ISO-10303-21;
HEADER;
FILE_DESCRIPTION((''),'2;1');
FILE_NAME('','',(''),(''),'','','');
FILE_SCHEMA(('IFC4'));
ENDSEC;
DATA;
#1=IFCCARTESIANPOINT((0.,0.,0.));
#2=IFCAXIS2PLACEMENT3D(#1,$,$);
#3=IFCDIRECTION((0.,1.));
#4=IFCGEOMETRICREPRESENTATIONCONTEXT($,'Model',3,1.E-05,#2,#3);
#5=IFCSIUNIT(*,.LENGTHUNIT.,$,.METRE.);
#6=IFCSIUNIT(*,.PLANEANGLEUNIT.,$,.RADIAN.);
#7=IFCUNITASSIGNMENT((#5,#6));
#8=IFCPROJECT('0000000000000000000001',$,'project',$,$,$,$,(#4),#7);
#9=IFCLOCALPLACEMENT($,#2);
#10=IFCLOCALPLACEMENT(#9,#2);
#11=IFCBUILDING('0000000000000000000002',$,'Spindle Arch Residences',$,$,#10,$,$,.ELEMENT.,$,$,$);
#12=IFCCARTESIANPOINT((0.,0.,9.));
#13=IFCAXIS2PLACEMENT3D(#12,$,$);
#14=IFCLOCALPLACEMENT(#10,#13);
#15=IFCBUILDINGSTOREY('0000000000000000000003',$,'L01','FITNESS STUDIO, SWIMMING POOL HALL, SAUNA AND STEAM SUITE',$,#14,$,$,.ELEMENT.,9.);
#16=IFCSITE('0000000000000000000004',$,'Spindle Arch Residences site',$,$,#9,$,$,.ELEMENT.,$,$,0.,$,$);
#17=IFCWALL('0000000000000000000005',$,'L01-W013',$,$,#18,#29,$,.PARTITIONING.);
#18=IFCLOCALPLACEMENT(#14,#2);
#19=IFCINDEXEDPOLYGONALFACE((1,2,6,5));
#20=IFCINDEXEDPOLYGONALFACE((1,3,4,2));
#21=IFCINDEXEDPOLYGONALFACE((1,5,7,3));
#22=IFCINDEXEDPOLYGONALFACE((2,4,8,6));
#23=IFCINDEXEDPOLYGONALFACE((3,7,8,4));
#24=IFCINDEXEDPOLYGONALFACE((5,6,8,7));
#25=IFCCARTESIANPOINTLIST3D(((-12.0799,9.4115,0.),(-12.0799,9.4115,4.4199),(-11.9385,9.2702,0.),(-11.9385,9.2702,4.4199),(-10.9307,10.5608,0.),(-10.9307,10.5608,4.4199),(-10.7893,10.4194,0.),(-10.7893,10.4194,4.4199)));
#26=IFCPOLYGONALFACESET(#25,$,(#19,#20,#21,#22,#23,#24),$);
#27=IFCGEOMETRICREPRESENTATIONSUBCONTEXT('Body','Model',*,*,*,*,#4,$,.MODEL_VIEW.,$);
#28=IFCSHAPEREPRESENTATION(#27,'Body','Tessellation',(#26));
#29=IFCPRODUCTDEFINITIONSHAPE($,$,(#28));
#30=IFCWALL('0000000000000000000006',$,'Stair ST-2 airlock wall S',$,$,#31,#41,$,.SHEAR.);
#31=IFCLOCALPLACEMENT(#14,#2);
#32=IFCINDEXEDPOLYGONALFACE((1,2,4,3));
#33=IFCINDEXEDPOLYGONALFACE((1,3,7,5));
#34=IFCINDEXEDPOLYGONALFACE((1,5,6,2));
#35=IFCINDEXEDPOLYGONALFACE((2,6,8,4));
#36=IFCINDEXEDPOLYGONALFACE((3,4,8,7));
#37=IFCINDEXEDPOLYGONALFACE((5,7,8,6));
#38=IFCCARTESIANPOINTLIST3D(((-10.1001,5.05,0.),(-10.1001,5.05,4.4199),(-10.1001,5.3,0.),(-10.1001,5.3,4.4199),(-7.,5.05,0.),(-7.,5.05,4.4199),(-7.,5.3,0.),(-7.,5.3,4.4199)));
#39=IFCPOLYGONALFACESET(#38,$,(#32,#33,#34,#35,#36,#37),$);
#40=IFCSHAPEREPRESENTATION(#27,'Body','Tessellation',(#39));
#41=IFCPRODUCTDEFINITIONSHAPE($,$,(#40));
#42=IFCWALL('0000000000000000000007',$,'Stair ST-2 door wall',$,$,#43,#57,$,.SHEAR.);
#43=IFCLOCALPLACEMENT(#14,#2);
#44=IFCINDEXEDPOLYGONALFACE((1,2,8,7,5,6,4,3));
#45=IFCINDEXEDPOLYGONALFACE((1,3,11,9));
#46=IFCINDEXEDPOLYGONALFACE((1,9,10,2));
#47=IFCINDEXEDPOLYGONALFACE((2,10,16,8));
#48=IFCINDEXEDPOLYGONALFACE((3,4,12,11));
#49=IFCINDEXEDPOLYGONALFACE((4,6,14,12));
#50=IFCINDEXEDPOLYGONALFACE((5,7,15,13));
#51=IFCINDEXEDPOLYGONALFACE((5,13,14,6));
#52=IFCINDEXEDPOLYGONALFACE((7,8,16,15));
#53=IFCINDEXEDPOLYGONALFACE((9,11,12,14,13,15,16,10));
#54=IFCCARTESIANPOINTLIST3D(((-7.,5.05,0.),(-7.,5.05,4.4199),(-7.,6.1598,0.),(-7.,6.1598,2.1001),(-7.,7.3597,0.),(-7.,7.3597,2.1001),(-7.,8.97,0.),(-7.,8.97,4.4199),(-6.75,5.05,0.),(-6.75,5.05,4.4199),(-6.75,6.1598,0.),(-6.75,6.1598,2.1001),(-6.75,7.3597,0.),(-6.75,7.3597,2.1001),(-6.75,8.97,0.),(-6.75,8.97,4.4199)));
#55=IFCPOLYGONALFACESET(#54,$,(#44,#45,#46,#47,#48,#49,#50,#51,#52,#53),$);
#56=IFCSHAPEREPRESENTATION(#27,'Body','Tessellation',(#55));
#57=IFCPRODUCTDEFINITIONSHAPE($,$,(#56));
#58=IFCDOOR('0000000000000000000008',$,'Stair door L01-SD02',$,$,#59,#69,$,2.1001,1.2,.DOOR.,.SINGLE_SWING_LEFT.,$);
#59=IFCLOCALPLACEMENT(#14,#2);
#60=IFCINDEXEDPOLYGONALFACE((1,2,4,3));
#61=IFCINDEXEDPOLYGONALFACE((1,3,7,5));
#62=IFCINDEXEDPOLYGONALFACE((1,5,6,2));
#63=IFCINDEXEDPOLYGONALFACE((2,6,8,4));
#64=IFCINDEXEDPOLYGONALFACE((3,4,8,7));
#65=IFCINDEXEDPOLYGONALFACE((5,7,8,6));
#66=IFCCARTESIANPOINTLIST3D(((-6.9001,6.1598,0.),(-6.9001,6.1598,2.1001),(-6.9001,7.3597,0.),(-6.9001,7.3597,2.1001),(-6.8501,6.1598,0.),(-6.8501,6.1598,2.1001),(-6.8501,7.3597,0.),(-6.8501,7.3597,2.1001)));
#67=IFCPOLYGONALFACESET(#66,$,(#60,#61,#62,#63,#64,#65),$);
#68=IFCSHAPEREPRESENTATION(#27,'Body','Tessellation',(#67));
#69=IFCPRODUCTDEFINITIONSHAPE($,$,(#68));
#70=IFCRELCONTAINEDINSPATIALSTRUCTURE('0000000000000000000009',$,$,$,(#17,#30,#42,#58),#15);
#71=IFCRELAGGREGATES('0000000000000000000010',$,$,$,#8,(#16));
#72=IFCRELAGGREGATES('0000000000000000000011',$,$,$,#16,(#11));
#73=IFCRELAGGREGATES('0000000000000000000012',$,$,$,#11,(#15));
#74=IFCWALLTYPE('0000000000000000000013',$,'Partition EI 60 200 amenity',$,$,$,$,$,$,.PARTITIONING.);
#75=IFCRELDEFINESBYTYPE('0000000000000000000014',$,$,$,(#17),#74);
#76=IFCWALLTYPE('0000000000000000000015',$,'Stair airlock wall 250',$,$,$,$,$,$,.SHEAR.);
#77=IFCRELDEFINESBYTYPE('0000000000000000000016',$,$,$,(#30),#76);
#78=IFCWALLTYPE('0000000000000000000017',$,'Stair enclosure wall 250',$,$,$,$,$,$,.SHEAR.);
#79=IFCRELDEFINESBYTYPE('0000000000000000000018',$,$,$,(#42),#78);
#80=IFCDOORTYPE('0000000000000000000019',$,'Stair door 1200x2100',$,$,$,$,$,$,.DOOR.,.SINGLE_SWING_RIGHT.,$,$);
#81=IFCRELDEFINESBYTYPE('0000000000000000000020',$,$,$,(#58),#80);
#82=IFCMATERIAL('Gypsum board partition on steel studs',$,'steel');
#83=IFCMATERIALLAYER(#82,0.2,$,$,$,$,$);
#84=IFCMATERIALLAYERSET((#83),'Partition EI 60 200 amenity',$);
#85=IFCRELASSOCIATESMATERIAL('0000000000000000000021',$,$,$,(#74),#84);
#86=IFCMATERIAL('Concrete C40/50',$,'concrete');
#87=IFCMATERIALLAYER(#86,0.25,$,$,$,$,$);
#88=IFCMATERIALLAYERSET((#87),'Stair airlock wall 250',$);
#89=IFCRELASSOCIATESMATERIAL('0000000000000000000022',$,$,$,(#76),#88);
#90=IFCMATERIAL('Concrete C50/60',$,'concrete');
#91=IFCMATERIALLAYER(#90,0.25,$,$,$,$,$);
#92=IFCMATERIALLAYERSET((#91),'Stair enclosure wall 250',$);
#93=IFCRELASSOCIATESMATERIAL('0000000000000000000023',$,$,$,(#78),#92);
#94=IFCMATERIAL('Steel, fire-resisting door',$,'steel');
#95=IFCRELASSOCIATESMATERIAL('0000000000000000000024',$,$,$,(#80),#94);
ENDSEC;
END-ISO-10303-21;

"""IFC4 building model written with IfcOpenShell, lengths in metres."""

from ifc_helpers import new_model, si_unit, direction, frame, frame_2d, origin, place, context, subcontext, project, spatial, rectangle, extrude, material, layer, layer_set, type_object, element, fill, save


model = new_model("IFC4")

# Units and contexts
model_context = context("Model", 3, precision=1e-05, world=origin(), true_north=direction((0.0, 1.0)))
body_context = subcontext(model_context, "Body", "Model", "MODEL_VIEW")
ifc_project = project(units=[si_unit("LENGTHUNIT", "METRE"), si_unit("PLANEANGLEUNIT", "RADIAN")], contexts=[model_context])

# Site, building, storey
site_placement = place(None, origin())
site = spatial("IfcSite", under=ifc_project, at=site_placement, Name="Spindle Arch Residences site", CompositionType="ELEMENT", RefElevation=0.0)
building_placement = place(site_placement, origin())
building = spatial("IfcBuilding", under=site, at=building_placement, Name="Spindle Arch Residences", CompositionType="ELEMENT")
storey_placement = place(building_placement, frame((0.0, 0.0, 9.0)))
storey = spatial("IfcBuildingStorey", under=building, at=storey_placement, Name="L01", Description="FITNESS STUDIO, SWIMMING POOL HALL, SAUNA AND STEAM SUITE", CompositionType="ELEMENT", Elevation=9.0)

# Shared definitions
ifc_material_1 = material(Name="Gypsum board partition on steel studs", Category="steel")
ifc_layer_1 = layer(ifc_material_1, 0.2)
ifc_layer_set_1 = layer_set([ifc_layer_1], Name="Partition EI 60 200 amenity")
wall_type_1 = type_object("IfcWallType", Name="Partition EI 60 200 amenity", PredefinedType="PARTITIONING", material=ifc_layer_set_1)

# Walls
wall_1_placement = place(storey_placement, frame((-10.8601, 10.49, 0.0), z_axis=(0.0, 0.0, 1.0), x_axis=(-0.707107, -0.707107, 0.0)))
element("IfcWall", 1, at=wall_1_placement, inside=storey, type_object=wall_type_1, Name="L01-W013", PredefinedType="PARTITIONING", context=body_context, shape_type="SweptSolid", body=[
    extrude(rectangle(XDim=1.6252, YDim=0.2, at=frame_2d((0.8125, 0.0))), origin(), (0.0, 0.0, 1.0), 4.4199),
])
ifc_material_2 = material(Name="Concrete C40/50", Category="concrete")
ifc_layer_2 = layer(ifc_material_2, 0.25)
ifc_layer_set_2 = layer_set([ifc_layer_2], Name="Stair airlock wall 250")
wall_type_2 = type_object("IfcWallType", Name="Stair airlock wall 250", PredefinedType="SHEAR", material=ifc_layer_set_2)
wall_2_placement = place(storey_placement, frame((-7.0, 5.175, 0.0), z_axis=(0.0, 0.0, 1.0), x_axis=(-1.0, 0.0, 0.0)))
element("IfcWall", 2, at=wall_2_placement, inside=storey, type_object=wall_type_2, Name="Stair ST-2 airlock wall S", PredefinedType="SHEAR", context=body_context, shape_type="SweptSolid", body=[
    extrude(rectangle(XDim=3.1001, YDim=0.25, at=frame_2d((1.55, 0.0))), origin(), (0.0, 0.0, 1.0), 4.4199),
])

# Wall, opening, door
ifc_material_3 = material(Name="Concrete C50/60", Category="concrete")
ifc_layer_3 = layer(ifc_material_3, 0.25)
ifc_layer_set_3 = layer_set([ifc_layer_3], Name="Stair enclosure wall 250")
wall_type_3 = type_object("IfcWallType", Name="Stair enclosure wall 250", PredefinedType="SHEAR", material=ifc_layer_set_3)
wall_3_placement = place(storey_placement, frame((-6.875, 8.97, 0.0), z_axis=(0.0, 0.0, 1.0), x_axis=(0.0, -1.0, 0.0)))
wall_3 = element("IfcWall", 3, at=wall_3_placement, inside=storey, type_object=wall_type_3, Name="Stair ST-2 door wall", PredefinedType="SHEAR", context=body_context, shape_type="SweptSolid", body=[
    extrude(rectangle(XDim=3.9199, YDim=0.25, at=frame_2d((1.96, 0.0))), origin(), (0.0, 0.0, 1.0), 4.4199),
])
opening_1_placement = place(wall_3_placement, frame((1.6101, 0.0, 0.0)))
opening_1 = element("IfcOpeningElement", 4, at=opening_1_placement, cuts=wall_3, PredefinedType="OPENING", context=body_context, shape_type="SweptSolid", body=[
    extrude(rectangle(XDim=1.2, YDim=2.1001, at=frame_2d((0.6001, 1.05))), frame((0.0, 0.135, 0.0), z_axis=(0.0, -1.0, 0.0), x_axis=(1.0, 0.0, 0.0)), (0.0, 0.0, 1.0), 0.27),
])
ifc_material_4 = material(Name="Steel, fire-resisting door", Category="steel")
door_type_1 = type_object("IfcDoorType", Name="Stair door 1200x2100", OperationType="SINGLE_SWING_RIGHT", PredefinedType="DOOR", material=ifc_material_4)
door_1_placement = place(opening_1_placement, origin())
door_1 = element("IfcDoor", 5, at=door_1_placement, inside=storey, type_object=door_type_1, Name="Stair door L01-SD02", OperationType="SINGLE_SWING_LEFT", OverallHeight=2.1001, OverallWidth=1.2, PredefinedType="DOOR", context=body_context, shape_type="SweptSolid", body=[
    extrude(rectangle(XDim=1.2, YDim=2.1001, at=frame_2d((0.6001, 1.05))), frame((0.0, 0.0249, 0.0), z_axis=(0.0, -1.0, 0.0), x_axis=(1.0, 0.0, 0.0)), (0.0, 0.0, 1.0), 0.05),
])
fill(opening_1, door_1)

save(model, "model.ifc")
